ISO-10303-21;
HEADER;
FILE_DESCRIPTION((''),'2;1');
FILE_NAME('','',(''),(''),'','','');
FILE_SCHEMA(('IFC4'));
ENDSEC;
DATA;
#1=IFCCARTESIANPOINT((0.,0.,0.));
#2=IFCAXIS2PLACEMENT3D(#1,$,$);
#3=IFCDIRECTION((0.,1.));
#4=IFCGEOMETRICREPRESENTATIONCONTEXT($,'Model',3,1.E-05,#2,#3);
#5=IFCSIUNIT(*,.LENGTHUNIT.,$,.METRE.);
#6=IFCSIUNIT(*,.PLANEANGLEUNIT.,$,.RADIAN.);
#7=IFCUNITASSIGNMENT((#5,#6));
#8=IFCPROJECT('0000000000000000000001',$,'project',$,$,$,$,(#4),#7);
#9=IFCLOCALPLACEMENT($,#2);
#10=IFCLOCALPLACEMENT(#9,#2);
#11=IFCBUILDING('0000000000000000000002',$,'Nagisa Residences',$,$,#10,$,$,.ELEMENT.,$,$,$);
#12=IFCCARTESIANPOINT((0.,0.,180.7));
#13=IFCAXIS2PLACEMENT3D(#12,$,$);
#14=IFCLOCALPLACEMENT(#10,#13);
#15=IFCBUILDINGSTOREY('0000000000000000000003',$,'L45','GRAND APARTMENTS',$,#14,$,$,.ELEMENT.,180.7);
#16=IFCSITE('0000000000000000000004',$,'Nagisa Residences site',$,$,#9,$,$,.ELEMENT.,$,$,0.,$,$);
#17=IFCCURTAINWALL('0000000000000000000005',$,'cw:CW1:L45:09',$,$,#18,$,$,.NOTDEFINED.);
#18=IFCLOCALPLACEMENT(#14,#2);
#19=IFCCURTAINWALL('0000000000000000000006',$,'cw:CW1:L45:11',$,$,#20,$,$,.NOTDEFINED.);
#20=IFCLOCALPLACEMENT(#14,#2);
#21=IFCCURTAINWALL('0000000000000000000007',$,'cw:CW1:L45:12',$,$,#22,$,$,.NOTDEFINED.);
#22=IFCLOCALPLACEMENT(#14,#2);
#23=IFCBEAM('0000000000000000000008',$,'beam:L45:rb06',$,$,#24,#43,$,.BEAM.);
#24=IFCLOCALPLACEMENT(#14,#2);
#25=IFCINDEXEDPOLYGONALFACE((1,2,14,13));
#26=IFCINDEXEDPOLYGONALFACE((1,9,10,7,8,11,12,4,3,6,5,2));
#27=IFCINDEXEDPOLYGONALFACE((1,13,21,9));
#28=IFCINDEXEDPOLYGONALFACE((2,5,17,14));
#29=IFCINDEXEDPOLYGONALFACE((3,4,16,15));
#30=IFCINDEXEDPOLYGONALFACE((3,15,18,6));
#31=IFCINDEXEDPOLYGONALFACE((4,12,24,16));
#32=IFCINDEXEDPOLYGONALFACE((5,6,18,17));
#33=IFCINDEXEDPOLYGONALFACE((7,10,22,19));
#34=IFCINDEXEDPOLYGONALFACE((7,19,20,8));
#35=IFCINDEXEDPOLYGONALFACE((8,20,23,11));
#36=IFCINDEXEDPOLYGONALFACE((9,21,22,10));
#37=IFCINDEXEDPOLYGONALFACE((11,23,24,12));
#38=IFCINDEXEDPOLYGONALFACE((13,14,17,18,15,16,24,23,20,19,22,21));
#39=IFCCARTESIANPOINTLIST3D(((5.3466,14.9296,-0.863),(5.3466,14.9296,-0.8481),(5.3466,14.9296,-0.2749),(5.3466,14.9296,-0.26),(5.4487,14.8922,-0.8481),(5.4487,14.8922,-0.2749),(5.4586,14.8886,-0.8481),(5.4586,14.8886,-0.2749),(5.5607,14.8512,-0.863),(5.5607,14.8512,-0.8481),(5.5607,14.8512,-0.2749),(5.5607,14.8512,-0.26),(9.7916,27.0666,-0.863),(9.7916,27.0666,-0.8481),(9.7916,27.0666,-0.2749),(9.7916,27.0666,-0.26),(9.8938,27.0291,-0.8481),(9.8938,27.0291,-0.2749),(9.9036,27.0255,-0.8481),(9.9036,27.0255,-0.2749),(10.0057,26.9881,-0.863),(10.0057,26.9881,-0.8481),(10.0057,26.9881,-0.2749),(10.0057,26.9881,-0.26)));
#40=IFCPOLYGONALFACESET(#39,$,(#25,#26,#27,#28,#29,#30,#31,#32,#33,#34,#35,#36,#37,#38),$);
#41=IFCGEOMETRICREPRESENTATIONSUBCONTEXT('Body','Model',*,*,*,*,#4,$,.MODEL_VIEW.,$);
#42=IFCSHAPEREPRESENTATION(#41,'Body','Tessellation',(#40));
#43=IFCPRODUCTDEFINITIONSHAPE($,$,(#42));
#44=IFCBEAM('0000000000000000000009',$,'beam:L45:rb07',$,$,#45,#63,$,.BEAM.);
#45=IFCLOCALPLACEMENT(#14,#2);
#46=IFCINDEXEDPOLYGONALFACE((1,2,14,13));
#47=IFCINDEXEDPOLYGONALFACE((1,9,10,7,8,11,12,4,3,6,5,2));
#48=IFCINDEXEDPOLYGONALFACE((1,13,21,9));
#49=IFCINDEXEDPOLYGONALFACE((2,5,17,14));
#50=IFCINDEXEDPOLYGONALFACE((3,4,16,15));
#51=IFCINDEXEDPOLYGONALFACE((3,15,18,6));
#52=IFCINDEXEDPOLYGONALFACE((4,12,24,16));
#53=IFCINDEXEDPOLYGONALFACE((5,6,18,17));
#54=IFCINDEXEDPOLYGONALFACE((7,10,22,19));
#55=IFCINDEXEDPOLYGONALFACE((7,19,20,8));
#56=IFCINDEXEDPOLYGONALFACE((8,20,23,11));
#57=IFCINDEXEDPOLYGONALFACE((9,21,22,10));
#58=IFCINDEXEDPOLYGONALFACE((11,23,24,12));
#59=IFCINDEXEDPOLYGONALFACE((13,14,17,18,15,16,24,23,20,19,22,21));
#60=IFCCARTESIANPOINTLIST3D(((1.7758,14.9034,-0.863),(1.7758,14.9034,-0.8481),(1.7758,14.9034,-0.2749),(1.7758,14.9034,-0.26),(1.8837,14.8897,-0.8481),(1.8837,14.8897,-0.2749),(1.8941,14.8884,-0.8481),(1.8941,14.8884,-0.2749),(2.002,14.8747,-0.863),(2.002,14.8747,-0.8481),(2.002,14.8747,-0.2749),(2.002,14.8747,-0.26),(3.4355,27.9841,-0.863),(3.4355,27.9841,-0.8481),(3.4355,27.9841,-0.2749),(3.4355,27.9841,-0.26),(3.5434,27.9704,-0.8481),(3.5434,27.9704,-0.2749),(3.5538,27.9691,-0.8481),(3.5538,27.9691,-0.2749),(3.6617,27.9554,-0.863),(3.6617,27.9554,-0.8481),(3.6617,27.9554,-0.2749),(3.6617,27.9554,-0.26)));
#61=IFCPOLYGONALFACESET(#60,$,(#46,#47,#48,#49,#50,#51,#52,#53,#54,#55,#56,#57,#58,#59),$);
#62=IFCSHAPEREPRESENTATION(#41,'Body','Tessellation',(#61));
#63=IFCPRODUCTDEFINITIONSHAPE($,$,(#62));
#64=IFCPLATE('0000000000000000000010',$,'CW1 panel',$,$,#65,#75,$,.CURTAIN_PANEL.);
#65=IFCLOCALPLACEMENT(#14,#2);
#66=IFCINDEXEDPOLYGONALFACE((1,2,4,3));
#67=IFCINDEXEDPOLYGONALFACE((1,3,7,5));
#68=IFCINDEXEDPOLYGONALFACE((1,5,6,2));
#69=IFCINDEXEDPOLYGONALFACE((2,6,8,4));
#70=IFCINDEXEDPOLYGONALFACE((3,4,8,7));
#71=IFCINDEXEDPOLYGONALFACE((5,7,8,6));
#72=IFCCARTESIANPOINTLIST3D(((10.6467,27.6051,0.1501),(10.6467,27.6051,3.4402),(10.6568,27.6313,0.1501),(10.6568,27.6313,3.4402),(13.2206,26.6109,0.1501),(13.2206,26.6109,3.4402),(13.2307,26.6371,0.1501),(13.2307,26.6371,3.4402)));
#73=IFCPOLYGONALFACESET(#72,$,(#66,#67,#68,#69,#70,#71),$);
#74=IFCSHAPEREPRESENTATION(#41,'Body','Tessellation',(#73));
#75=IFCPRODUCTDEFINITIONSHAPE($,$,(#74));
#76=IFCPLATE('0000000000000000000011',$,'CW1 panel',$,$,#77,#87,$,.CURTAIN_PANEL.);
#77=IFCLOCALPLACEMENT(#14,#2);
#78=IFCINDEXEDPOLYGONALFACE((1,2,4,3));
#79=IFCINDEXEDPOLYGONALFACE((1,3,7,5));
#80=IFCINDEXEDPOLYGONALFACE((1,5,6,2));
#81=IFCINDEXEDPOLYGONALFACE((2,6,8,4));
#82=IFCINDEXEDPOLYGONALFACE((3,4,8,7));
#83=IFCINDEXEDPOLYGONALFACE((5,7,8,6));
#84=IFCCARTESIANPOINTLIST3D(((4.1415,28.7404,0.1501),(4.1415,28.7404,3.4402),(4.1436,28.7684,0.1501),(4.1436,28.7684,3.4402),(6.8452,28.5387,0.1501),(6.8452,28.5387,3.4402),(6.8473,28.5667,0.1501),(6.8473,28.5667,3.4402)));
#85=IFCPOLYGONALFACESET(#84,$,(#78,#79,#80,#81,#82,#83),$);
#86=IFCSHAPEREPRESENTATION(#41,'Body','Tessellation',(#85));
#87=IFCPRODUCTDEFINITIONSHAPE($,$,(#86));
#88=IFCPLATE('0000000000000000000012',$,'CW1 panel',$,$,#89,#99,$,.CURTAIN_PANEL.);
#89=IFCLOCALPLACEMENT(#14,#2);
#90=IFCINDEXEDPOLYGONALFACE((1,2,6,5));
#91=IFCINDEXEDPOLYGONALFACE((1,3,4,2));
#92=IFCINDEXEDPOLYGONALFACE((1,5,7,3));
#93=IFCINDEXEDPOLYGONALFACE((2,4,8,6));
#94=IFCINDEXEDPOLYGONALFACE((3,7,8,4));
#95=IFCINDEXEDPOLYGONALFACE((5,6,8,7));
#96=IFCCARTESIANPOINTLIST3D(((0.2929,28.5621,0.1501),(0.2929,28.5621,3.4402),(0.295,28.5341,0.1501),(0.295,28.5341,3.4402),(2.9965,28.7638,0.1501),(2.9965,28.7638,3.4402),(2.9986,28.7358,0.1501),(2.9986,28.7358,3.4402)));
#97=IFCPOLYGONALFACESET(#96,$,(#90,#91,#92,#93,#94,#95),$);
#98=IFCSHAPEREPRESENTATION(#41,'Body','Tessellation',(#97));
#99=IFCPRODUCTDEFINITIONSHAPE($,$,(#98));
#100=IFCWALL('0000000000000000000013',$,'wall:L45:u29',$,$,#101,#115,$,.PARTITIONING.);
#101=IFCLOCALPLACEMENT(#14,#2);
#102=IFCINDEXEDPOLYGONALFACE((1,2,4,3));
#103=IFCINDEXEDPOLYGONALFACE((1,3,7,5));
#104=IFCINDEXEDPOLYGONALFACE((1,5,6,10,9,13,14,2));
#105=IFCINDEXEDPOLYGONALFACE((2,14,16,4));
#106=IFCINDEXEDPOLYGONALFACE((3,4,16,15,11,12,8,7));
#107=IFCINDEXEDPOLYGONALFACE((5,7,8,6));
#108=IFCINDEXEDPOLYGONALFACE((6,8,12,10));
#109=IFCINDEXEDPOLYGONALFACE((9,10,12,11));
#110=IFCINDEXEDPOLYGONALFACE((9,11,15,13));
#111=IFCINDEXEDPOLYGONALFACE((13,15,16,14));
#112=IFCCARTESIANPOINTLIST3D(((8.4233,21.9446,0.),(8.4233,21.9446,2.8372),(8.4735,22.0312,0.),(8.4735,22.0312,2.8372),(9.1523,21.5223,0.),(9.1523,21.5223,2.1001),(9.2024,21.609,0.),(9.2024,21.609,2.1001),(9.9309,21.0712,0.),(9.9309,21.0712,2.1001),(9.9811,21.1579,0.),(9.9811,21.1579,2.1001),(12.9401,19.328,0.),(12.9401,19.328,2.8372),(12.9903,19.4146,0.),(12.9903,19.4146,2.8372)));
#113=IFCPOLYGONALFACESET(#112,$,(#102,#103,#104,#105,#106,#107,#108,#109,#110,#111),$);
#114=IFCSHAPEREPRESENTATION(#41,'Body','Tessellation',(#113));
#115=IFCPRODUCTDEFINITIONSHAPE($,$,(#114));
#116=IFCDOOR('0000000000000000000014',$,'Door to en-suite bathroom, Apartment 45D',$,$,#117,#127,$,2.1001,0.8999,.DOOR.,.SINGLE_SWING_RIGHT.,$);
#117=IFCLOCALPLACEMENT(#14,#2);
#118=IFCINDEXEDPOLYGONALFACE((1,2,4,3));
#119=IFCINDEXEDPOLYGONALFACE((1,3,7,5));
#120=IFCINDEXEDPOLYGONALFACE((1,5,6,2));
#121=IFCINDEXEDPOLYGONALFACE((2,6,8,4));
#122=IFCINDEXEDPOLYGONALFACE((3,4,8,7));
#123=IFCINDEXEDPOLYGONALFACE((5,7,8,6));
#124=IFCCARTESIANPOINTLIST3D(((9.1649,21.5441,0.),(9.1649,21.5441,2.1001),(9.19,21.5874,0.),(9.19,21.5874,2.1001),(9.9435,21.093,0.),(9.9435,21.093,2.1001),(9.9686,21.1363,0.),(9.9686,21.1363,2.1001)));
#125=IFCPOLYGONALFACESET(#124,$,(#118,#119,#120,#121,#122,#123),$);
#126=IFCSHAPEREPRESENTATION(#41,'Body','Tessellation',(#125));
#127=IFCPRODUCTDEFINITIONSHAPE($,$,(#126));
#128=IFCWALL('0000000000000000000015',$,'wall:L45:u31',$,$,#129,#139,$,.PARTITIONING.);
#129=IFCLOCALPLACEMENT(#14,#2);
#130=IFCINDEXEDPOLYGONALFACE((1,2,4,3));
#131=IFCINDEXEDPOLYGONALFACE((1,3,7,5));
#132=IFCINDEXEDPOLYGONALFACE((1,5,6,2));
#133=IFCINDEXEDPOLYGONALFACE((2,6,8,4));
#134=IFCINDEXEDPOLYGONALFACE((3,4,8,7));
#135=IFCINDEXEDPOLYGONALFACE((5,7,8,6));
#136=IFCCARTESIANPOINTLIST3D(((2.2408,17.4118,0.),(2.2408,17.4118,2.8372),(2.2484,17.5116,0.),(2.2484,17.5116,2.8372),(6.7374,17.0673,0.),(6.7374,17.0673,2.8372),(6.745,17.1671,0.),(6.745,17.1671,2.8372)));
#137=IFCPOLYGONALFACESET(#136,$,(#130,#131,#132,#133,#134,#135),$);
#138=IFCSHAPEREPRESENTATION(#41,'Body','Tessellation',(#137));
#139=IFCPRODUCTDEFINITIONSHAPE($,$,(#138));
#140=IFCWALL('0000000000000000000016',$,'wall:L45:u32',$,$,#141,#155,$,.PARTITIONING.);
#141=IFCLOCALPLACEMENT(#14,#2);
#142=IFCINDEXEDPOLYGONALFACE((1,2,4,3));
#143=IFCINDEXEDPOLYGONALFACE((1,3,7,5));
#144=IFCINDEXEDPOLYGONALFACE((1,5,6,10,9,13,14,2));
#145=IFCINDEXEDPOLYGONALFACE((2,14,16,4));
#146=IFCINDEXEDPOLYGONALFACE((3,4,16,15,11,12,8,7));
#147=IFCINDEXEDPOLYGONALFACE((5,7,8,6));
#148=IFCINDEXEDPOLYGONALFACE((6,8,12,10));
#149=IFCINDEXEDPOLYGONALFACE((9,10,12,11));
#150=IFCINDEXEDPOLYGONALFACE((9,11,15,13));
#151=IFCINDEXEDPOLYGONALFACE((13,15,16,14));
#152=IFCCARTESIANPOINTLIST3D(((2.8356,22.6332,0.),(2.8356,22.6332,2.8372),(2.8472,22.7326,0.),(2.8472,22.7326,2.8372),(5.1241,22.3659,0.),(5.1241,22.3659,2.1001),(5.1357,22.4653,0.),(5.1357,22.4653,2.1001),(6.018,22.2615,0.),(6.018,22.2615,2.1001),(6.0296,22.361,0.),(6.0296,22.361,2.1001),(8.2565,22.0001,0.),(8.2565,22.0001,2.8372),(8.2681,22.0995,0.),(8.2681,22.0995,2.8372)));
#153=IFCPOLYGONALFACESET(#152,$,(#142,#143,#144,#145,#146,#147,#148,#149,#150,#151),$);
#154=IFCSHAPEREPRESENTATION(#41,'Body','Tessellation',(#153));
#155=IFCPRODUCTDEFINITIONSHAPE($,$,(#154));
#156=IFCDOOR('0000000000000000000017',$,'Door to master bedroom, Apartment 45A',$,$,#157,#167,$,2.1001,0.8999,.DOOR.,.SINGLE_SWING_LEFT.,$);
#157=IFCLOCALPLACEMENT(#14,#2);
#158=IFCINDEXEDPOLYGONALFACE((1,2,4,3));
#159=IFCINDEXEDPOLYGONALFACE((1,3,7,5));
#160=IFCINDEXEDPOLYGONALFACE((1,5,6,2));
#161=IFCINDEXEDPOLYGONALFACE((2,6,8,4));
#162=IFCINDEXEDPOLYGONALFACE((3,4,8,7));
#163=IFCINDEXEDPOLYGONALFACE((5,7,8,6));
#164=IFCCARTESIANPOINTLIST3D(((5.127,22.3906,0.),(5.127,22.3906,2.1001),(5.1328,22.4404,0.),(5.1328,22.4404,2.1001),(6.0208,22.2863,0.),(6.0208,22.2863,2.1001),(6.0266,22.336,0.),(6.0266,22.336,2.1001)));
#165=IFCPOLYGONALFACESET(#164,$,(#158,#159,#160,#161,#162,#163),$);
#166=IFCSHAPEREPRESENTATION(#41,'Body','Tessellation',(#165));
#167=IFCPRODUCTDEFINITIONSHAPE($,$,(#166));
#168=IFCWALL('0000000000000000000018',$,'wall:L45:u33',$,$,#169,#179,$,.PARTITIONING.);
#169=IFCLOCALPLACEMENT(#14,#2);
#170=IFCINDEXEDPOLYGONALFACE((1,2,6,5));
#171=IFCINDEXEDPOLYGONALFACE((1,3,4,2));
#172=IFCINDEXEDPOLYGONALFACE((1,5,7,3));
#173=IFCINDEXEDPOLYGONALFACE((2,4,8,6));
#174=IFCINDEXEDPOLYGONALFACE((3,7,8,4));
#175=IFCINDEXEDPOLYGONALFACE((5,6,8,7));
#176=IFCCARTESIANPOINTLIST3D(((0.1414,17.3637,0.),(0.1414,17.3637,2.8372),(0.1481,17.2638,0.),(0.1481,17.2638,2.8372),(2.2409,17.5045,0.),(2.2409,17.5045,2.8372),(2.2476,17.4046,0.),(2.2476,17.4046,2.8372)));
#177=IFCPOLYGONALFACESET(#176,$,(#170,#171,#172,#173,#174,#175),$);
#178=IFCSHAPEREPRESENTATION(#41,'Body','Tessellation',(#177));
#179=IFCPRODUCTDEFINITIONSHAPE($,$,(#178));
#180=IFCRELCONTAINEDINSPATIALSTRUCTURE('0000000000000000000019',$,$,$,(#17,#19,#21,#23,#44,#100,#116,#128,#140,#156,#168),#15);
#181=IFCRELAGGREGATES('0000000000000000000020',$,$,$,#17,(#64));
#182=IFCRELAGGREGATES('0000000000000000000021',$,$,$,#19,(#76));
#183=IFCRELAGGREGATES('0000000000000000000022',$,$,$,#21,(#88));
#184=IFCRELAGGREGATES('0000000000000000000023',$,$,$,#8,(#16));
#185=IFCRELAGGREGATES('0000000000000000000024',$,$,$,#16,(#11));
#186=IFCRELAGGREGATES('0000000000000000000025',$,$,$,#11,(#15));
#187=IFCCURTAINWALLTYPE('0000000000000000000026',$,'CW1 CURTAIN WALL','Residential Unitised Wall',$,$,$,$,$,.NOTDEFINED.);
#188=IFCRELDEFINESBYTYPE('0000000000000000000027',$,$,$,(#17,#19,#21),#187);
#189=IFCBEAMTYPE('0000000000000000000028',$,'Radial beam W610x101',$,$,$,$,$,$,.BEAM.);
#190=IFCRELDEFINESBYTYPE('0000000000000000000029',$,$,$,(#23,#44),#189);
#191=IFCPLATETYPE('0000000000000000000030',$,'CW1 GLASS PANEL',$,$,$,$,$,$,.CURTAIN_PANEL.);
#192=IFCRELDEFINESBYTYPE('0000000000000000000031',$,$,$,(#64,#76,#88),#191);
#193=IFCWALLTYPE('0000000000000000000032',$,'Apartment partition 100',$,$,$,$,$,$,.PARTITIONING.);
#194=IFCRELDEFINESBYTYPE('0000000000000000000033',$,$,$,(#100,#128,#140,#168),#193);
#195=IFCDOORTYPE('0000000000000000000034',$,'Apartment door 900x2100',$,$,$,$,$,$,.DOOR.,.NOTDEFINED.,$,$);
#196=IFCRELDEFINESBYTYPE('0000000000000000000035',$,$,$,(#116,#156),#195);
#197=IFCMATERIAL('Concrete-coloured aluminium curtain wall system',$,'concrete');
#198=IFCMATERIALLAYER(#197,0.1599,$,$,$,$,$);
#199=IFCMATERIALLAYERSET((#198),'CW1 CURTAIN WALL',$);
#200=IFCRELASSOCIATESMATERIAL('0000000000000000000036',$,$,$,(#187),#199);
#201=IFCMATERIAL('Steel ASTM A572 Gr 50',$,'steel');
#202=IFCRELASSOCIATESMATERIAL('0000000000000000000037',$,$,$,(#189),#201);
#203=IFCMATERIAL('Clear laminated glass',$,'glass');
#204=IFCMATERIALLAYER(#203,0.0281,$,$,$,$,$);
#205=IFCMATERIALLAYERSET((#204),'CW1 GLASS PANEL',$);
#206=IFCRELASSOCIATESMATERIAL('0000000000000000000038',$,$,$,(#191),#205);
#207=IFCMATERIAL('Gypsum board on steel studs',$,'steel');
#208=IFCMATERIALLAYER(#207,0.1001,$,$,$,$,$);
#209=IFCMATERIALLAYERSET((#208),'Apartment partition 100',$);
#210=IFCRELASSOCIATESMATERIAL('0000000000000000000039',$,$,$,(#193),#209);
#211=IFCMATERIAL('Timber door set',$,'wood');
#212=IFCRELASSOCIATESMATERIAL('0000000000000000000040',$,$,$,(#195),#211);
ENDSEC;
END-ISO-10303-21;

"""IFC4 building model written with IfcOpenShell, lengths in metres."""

from ifc_helpers import new_model, si_unit, direction, frame, frame_2d, origin, origin_2d, place, context, subcontext, project, spatial, rectangle, i_section, extrude, material, layer, layer_set, material_profile, profile_set, type_object, element, fill, aggregate, save


model = new_model("IFC4")

# Units and contexts
model_context = context("Model", 3, precision=1e-05, world=origin(), true_north=direction((0.0, 1.0)))
body_context = subcontext(model_context, "Body", "Model", "MODEL_VIEW")
ifc_project = project(units=[si_unit("LENGTHUNIT", "METRE"), si_unit("PLANEANGLEUNIT", "RADIAN")], contexts=[model_context])

# Site, building, storey
site_placement = place(None, origin())
site = spatial("IfcSite", under=ifc_project, at=site_placement, Name="Nagisa Residences site", CompositionType="ELEMENT", RefElevation=0.0)
building_placement = place(site_placement, origin())
building = spatial("IfcBuilding", under=site, at=building_placement, Name="Nagisa Residences", CompositionType="ELEMENT")
storey_placement = place(building_placement, frame((0.0, 0.0, 180.7)))
storey = spatial("IfcBuildingStorey", under=building, at=storey_placement, Name="L45", Description="GRAND APARTMENTS", CompositionType="ELEMENT", Elevation=180.7)

# Curtain walls
ifc_material_1 = material(Name="Concrete-coloured aluminium curtain wall system", Category="concrete")
ifc_layer_1 = layer(ifc_material_1, 0.1599)
ifc_layer_set_1 = layer_set([ifc_layer_1], Name="CW1 CURTAIN WALL")
curtain_wall_type = type_object("IfcCurtainWallType", Name="CW1 CURTAIN WALL", Description="Residential Unitised Wall", PredefinedType="NOTDEFINED", material=ifc_layer_set_1)
curtain_wall_1_placement = place(storey_placement, origin())
curtain_wall_1 = element("IfcCurtainWall", 1, at=curtain_wall_1_placement, inside=storey, type_object=curtain_wall_type, Name="cw:CW1:L45:09", PredefinedType="NOTDEFINED")
curtain_wall_2_placement = place(storey_placement, origin())
curtain_wall_2 = element("IfcCurtainWall", 2, at=curtain_wall_2_placement, inside=storey, type_object=curtain_wall_type, Name="cw:CW1:L45:11", PredefinedType="NOTDEFINED")
curtain_wall_3_placement = place(storey_placement, origin())
curtain_wall_3 = element("IfcCurtainWall", 3, at=curtain_wall_3_placement, inside=storey, type_object=curtain_wall_type, Name="cw:CW1:L45:12", PredefinedType="NOTDEFINED")

# Beams
ifc_material_2 = material(Name="Steel ASTM A572 Gr 50", Category="steel")
ifc_material_profile_1 = material_profile(ifc_material_2, i_section(OverallWidth=0.228, OverallDepth=0.603, WebThickness=0.0105, FlangeThickness=0.0149, at=origin_2d()), Name="W610x101")
ifc_profile_set_1 = profile_set([ifc_material_profile_1], Name="Steel ASTM A572 Gr 50")
beam_type_1 = type_object("IfcBeamType", Name="Radial beam W610x101", PredefinedType="BEAM", material=ifc_profile_set_1)
beam_1_placement = place(storey_placement, frame((9.8987, 27.0273, -0.5615), z_axis=(-0.343903, -0.939005, 0.0), x_axis=(0.939005, -0.343903, 0.0)))
element("IfcBeam", 4, at=beam_1_placement, inside=storey, type_object=beam_type_1, Name="beam:L45:rb06", PredefinedType="BEAM", context=body_context, shape_type="SweptSolid", body=[
    extrude(i_section(OverallWidth=0.228, OverallDepth=0.603, WebThickness=0.0105, FlangeThickness=0.0149, at=origin_2d()), origin(), (0.0, 0.0, 1.0), 12.9253),
])
beam_2_placement = place(storey_placement, frame((3.5486, 27.9697, -0.5615), z_axis=(-0.125871, -0.992047, 0.0), x_axis=(0.992047, -0.125871, 0.0)))
element("IfcBeam", 5, at=beam_2_placement, inside=storey, type_object=beam_type_1, Name="beam:L45:rb07", PredefinedType="BEAM", context=body_context, shape_type="SweptSolid", body=[
    extrude(i_section(OverallWidth=0.228, OverallDepth=0.603, WebThickness=0.0105, FlangeThickness=0.0149, at=origin_2d()), origin(), (0.0, 0.0, 1.0), 13.1855),
])

# Plates
ifc_material_3 = material(Name="Clear laminated glass", Category="glass")
ifc_layer_2 = layer(ifc_material_3, 0.0281)
ifc_layer_set_2 = layer_set([ifc_layer_2], Name="CW1 GLASS PANEL")
plate_type = type_object("IfcPlateType", Name="CW1 GLASS PANEL", PredefinedType="CURTAIN_PANEL", material=ifc_layer_set_2)
plate_1_placement = place(storey_placement, frame((11.9387, 27.1211, 0.1501), z_axis=(0.0, 0.0, 1.0), x_axis=(-0.932826, 0.360328, 0.0)))
plate_1 = element("IfcPlate", 6, at=plate_1_placement, type_object=plate_type, Name="CW1 panel", PredefinedType="CURTAIN_PANEL", context=body_context, shape_type="SweptSolid", body=[
    extrude(rectangle(XDim=2.7593, YDim=0.0281, at=origin_2d()), origin(), (0.0, 0.0, 1.0), 3.29),
])
aggregate(curtain_wall_1, [plate_1])
plate_2_placement = place(storey_placement, frame((5.4944, 28.6536, 0.1501), z_axis=(0.0, 0.0, 1.0), x_axis=(-0.99723, 0.074377, 0.0)))
plate_2 = element("IfcPlate", 7, at=plate_2_placement, type_object=plate_type, Name="CW1 panel", PredefinedType="CURTAIN_PANEL", context=body_context, shape_type="SweptSolid", body=[
    extrude(rectangle(XDim=2.7112, YDim=0.0281, at=origin_2d()), origin(), (0.0, 0.0, 1.0), 3.29),
])
aggregate(curtain_wall_2, [plate_2])
plate_3_placement = place(storey_placement, frame((1.6458, 28.6489, 0.1501), z_axis=(0.0, 0.0, 1.0), x_axis=(-0.99723, -0.074377, 0.0)))
plate_3 = element("IfcPlate", 8, at=plate_3_placement, type_object=plate_type, Name="CW1 panel", PredefinedType="CURTAIN_PANEL", context=body_context, shape_type="SweptSolid", body=[
    extrude(rectangle(XDim=2.7112, YDim=0.0281, at=origin_2d()), origin(), (0.0, 0.0, 1.0), 3.29),
])
aggregate(curtain_wall_3, [plate_3])

# Wall, opening, door
ifc_material_4 = material(Name="Gypsum board on steel studs", Category="steel")
ifc_layer_3 = layer(ifc_material_4, 0.1001)
ifc_layer_set_3 = layer_set([ifc_layer_3], Name="Apartment partition 100")
wall_type_1 = type_object("IfcWallType", Name="Apartment partition 100", PredefinedType="PARTITIONING", material=ifc_layer_set_3)
wall_1_placement = place(storey_placement, frame((12.9651, 19.3713, 0.0), z_axis=(0.0, 0.0, 1.0), x_axis=(-0.865286, 0.501278, 0.0)))
wall_1 = element("IfcWall", 9, at=wall_1_placement, inside=storey, type_object=wall_type_1, Name="wall:L45:u29", PredefinedType="PARTITIONING", context=body_context, shape_type="SweptSolid", body=[
    extrude(rectangle(XDim=5.22, YDim=0.1001, at=frame_2d((2.6099, 0.0))), origin(), (0.0, 0.0, 1.0), 2.8372),
])
opening_1_placement = place(wall_1_placement, frame((3.4775, 0.0, 0.0)))
opening_1 = element("IfcOpeningElement", 10, at=opening_1_placement, cuts=wall_1, PredefinedType="OPENING", context=body_context, shape_type="SweptSolid", body=[
    extrude(rectangle(XDim=0.8999, YDim=2.1001, at=frame_2d((0.45, 1.05))), frame((0.0, 0.0601, 0.0), z_axis=(0.0, -1.0, 0.0), x_axis=(1.0, 0.0, 0.0)), (0.0, 0.0, 1.0), 0.1201),
])
ifc_material_5 = material(Name="Timber door set", Category="wood")
door_type_1 = type_object("IfcDoorType", Name="Apartment door 900x2100", OperationType="NOTDEFINED", PredefinedType="DOOR", material=ifc_material_5)
door_1_placement = place(opening_1_placement, origin())
door_1 = element("IfcDoor", 11, at=door_1_placement, inside=storey, type_object=door_type_1, Name="Door to en-suite bathroom, Apartment 45D", OperationType="SINGLE_SWING_RIGHT", OverallHeight=2.1001, OverallWidth=0.8999, PredefinedType="DOOR", context=body_context, shape_type="SweptSolid", body=[
    extrude(rectangle(XDim=0.8999, YDim=2.1001, at=frame_2d((0.45, 1.05))), frame((0.0, 0.0249, 0.0), z_axis=(0.0, -1.0, 0.0), x_axis=(1.0, 0.0, 0.0)), (0.0, 0.0, 1.0), 0.05),
])
fill(opening_1, door_1)

# Wall
wall_2_placement = place(storey_placement, frame((6.7412, 17.1172, 0.0), z_axis=(0.0, 0.0, 1.0), x_axis=(-0.997078, 0.076386, 0.0)))
element("IfcWall", 12, at=wall_2_placement, inside=storey, type_object=wall_type_1, Name="wall:L45:u31", PredefinedType="PARTITIONING", context=body_context, shape_type="SweptSolid", body=[
    extrude(rectangle(XDim=4.5098, YDim=0.1001, at=frame_2d((2.2549, 0.0))), origin(), (0.0, 0.0, 1.0), 2.8372),
])

# Wall, opening, door
wall_3_placement = place(storey_placement, frame((8.2625, 22.0498, 0.0), z_axis=(0.0, 0.0, 1.0), x_axis=(-0.99325, 0.115993, 0.0)))
wall_3 = element("IfcWall", 13, at=wall_3_placement, inside=storey, type_object=wall_type_1, Name="wall:L45:u32", PredefinedType="PARTITIONING", context=body_context, shape_type="SweptSolid", body=[
    extrude(rectangle(XDim=5.4578, YDim=0.1001, at=frame_2d((2.729, 0.0))), origin(), (0.0, 0.0, 1.0), 2.8372),
])
opening_2_placement = place(wall_3_placement, frame((2.2539, 0.0, 0.0)))
opening_2 = element("IfcOpeningElement", 14, at=opening_2_placement, cuts=wall_3, PredefinedType="OPENING", context=body_context, shape_type="SweptSolid", body=[
    extrude(rectangle(XDim=0.8999, YDim=2.1001, at=frame_2d((0.45, 1.05))), frame((0.0, 0.0601, 0.0), z_axis=(0.0, -1.0, 0.0), x_axis=(1.0, 0.0, 0.0)), (0.0, 0.0, 1.0), 0.1201),
])
door_2_placement = place(opening_2_placement, frame((0.8999, 0.0, 0.0), x_axis=(-1.0, 0.0, 0.0)))
door_2 = element("IfcDoor", 15, at=door_2_placement, inside=storey, type_object=door_type_1, Name="Door to master bedroom, Apartment 45A", OperationType="SINGLE_SWING_LEFT", OverallHeight=2.1001, OverallWidth=0.8999, PredefinedType="DOOR", context=body_context, shape_type="SweptSolid", body=[
    extrude(rectangle(XDim=0.8999, YDim=2.1001, at=frame_2d((0.45, 1.05))), frame((0.0, 0.0249, 0.0), z_axis=(0.0, -1.0, 0.0), x_axis=(1.0, 0.0, 0.0)), (0.0, 0.0, 1.0), 0.05),
])
fill(opening_2, door_2)

# Wall
wall_4_placement = place(storey_placement, frame((2.2444, 17.4546, 0.0), z_axis=(0.0, 0.0, 1.0), x_axis=(-0.997757, -0.066943, 0.0)))
element("IfcWall", 16, at=wall_4_placement, inside=storey, type_object=wall_type_1, Name="wall:L45:u33", PredefinedType="PARTITIONING", context=body_context, shape_type="SweptSolid", body=[
    extrude(rectangle(XDim=2.1042, YDim=0.1001, at=frame_2d((1.0522, 0.0))), origin(), (0.0, 0.0, 1.0), 2.8372),
])

save(model, "model.ifc")
